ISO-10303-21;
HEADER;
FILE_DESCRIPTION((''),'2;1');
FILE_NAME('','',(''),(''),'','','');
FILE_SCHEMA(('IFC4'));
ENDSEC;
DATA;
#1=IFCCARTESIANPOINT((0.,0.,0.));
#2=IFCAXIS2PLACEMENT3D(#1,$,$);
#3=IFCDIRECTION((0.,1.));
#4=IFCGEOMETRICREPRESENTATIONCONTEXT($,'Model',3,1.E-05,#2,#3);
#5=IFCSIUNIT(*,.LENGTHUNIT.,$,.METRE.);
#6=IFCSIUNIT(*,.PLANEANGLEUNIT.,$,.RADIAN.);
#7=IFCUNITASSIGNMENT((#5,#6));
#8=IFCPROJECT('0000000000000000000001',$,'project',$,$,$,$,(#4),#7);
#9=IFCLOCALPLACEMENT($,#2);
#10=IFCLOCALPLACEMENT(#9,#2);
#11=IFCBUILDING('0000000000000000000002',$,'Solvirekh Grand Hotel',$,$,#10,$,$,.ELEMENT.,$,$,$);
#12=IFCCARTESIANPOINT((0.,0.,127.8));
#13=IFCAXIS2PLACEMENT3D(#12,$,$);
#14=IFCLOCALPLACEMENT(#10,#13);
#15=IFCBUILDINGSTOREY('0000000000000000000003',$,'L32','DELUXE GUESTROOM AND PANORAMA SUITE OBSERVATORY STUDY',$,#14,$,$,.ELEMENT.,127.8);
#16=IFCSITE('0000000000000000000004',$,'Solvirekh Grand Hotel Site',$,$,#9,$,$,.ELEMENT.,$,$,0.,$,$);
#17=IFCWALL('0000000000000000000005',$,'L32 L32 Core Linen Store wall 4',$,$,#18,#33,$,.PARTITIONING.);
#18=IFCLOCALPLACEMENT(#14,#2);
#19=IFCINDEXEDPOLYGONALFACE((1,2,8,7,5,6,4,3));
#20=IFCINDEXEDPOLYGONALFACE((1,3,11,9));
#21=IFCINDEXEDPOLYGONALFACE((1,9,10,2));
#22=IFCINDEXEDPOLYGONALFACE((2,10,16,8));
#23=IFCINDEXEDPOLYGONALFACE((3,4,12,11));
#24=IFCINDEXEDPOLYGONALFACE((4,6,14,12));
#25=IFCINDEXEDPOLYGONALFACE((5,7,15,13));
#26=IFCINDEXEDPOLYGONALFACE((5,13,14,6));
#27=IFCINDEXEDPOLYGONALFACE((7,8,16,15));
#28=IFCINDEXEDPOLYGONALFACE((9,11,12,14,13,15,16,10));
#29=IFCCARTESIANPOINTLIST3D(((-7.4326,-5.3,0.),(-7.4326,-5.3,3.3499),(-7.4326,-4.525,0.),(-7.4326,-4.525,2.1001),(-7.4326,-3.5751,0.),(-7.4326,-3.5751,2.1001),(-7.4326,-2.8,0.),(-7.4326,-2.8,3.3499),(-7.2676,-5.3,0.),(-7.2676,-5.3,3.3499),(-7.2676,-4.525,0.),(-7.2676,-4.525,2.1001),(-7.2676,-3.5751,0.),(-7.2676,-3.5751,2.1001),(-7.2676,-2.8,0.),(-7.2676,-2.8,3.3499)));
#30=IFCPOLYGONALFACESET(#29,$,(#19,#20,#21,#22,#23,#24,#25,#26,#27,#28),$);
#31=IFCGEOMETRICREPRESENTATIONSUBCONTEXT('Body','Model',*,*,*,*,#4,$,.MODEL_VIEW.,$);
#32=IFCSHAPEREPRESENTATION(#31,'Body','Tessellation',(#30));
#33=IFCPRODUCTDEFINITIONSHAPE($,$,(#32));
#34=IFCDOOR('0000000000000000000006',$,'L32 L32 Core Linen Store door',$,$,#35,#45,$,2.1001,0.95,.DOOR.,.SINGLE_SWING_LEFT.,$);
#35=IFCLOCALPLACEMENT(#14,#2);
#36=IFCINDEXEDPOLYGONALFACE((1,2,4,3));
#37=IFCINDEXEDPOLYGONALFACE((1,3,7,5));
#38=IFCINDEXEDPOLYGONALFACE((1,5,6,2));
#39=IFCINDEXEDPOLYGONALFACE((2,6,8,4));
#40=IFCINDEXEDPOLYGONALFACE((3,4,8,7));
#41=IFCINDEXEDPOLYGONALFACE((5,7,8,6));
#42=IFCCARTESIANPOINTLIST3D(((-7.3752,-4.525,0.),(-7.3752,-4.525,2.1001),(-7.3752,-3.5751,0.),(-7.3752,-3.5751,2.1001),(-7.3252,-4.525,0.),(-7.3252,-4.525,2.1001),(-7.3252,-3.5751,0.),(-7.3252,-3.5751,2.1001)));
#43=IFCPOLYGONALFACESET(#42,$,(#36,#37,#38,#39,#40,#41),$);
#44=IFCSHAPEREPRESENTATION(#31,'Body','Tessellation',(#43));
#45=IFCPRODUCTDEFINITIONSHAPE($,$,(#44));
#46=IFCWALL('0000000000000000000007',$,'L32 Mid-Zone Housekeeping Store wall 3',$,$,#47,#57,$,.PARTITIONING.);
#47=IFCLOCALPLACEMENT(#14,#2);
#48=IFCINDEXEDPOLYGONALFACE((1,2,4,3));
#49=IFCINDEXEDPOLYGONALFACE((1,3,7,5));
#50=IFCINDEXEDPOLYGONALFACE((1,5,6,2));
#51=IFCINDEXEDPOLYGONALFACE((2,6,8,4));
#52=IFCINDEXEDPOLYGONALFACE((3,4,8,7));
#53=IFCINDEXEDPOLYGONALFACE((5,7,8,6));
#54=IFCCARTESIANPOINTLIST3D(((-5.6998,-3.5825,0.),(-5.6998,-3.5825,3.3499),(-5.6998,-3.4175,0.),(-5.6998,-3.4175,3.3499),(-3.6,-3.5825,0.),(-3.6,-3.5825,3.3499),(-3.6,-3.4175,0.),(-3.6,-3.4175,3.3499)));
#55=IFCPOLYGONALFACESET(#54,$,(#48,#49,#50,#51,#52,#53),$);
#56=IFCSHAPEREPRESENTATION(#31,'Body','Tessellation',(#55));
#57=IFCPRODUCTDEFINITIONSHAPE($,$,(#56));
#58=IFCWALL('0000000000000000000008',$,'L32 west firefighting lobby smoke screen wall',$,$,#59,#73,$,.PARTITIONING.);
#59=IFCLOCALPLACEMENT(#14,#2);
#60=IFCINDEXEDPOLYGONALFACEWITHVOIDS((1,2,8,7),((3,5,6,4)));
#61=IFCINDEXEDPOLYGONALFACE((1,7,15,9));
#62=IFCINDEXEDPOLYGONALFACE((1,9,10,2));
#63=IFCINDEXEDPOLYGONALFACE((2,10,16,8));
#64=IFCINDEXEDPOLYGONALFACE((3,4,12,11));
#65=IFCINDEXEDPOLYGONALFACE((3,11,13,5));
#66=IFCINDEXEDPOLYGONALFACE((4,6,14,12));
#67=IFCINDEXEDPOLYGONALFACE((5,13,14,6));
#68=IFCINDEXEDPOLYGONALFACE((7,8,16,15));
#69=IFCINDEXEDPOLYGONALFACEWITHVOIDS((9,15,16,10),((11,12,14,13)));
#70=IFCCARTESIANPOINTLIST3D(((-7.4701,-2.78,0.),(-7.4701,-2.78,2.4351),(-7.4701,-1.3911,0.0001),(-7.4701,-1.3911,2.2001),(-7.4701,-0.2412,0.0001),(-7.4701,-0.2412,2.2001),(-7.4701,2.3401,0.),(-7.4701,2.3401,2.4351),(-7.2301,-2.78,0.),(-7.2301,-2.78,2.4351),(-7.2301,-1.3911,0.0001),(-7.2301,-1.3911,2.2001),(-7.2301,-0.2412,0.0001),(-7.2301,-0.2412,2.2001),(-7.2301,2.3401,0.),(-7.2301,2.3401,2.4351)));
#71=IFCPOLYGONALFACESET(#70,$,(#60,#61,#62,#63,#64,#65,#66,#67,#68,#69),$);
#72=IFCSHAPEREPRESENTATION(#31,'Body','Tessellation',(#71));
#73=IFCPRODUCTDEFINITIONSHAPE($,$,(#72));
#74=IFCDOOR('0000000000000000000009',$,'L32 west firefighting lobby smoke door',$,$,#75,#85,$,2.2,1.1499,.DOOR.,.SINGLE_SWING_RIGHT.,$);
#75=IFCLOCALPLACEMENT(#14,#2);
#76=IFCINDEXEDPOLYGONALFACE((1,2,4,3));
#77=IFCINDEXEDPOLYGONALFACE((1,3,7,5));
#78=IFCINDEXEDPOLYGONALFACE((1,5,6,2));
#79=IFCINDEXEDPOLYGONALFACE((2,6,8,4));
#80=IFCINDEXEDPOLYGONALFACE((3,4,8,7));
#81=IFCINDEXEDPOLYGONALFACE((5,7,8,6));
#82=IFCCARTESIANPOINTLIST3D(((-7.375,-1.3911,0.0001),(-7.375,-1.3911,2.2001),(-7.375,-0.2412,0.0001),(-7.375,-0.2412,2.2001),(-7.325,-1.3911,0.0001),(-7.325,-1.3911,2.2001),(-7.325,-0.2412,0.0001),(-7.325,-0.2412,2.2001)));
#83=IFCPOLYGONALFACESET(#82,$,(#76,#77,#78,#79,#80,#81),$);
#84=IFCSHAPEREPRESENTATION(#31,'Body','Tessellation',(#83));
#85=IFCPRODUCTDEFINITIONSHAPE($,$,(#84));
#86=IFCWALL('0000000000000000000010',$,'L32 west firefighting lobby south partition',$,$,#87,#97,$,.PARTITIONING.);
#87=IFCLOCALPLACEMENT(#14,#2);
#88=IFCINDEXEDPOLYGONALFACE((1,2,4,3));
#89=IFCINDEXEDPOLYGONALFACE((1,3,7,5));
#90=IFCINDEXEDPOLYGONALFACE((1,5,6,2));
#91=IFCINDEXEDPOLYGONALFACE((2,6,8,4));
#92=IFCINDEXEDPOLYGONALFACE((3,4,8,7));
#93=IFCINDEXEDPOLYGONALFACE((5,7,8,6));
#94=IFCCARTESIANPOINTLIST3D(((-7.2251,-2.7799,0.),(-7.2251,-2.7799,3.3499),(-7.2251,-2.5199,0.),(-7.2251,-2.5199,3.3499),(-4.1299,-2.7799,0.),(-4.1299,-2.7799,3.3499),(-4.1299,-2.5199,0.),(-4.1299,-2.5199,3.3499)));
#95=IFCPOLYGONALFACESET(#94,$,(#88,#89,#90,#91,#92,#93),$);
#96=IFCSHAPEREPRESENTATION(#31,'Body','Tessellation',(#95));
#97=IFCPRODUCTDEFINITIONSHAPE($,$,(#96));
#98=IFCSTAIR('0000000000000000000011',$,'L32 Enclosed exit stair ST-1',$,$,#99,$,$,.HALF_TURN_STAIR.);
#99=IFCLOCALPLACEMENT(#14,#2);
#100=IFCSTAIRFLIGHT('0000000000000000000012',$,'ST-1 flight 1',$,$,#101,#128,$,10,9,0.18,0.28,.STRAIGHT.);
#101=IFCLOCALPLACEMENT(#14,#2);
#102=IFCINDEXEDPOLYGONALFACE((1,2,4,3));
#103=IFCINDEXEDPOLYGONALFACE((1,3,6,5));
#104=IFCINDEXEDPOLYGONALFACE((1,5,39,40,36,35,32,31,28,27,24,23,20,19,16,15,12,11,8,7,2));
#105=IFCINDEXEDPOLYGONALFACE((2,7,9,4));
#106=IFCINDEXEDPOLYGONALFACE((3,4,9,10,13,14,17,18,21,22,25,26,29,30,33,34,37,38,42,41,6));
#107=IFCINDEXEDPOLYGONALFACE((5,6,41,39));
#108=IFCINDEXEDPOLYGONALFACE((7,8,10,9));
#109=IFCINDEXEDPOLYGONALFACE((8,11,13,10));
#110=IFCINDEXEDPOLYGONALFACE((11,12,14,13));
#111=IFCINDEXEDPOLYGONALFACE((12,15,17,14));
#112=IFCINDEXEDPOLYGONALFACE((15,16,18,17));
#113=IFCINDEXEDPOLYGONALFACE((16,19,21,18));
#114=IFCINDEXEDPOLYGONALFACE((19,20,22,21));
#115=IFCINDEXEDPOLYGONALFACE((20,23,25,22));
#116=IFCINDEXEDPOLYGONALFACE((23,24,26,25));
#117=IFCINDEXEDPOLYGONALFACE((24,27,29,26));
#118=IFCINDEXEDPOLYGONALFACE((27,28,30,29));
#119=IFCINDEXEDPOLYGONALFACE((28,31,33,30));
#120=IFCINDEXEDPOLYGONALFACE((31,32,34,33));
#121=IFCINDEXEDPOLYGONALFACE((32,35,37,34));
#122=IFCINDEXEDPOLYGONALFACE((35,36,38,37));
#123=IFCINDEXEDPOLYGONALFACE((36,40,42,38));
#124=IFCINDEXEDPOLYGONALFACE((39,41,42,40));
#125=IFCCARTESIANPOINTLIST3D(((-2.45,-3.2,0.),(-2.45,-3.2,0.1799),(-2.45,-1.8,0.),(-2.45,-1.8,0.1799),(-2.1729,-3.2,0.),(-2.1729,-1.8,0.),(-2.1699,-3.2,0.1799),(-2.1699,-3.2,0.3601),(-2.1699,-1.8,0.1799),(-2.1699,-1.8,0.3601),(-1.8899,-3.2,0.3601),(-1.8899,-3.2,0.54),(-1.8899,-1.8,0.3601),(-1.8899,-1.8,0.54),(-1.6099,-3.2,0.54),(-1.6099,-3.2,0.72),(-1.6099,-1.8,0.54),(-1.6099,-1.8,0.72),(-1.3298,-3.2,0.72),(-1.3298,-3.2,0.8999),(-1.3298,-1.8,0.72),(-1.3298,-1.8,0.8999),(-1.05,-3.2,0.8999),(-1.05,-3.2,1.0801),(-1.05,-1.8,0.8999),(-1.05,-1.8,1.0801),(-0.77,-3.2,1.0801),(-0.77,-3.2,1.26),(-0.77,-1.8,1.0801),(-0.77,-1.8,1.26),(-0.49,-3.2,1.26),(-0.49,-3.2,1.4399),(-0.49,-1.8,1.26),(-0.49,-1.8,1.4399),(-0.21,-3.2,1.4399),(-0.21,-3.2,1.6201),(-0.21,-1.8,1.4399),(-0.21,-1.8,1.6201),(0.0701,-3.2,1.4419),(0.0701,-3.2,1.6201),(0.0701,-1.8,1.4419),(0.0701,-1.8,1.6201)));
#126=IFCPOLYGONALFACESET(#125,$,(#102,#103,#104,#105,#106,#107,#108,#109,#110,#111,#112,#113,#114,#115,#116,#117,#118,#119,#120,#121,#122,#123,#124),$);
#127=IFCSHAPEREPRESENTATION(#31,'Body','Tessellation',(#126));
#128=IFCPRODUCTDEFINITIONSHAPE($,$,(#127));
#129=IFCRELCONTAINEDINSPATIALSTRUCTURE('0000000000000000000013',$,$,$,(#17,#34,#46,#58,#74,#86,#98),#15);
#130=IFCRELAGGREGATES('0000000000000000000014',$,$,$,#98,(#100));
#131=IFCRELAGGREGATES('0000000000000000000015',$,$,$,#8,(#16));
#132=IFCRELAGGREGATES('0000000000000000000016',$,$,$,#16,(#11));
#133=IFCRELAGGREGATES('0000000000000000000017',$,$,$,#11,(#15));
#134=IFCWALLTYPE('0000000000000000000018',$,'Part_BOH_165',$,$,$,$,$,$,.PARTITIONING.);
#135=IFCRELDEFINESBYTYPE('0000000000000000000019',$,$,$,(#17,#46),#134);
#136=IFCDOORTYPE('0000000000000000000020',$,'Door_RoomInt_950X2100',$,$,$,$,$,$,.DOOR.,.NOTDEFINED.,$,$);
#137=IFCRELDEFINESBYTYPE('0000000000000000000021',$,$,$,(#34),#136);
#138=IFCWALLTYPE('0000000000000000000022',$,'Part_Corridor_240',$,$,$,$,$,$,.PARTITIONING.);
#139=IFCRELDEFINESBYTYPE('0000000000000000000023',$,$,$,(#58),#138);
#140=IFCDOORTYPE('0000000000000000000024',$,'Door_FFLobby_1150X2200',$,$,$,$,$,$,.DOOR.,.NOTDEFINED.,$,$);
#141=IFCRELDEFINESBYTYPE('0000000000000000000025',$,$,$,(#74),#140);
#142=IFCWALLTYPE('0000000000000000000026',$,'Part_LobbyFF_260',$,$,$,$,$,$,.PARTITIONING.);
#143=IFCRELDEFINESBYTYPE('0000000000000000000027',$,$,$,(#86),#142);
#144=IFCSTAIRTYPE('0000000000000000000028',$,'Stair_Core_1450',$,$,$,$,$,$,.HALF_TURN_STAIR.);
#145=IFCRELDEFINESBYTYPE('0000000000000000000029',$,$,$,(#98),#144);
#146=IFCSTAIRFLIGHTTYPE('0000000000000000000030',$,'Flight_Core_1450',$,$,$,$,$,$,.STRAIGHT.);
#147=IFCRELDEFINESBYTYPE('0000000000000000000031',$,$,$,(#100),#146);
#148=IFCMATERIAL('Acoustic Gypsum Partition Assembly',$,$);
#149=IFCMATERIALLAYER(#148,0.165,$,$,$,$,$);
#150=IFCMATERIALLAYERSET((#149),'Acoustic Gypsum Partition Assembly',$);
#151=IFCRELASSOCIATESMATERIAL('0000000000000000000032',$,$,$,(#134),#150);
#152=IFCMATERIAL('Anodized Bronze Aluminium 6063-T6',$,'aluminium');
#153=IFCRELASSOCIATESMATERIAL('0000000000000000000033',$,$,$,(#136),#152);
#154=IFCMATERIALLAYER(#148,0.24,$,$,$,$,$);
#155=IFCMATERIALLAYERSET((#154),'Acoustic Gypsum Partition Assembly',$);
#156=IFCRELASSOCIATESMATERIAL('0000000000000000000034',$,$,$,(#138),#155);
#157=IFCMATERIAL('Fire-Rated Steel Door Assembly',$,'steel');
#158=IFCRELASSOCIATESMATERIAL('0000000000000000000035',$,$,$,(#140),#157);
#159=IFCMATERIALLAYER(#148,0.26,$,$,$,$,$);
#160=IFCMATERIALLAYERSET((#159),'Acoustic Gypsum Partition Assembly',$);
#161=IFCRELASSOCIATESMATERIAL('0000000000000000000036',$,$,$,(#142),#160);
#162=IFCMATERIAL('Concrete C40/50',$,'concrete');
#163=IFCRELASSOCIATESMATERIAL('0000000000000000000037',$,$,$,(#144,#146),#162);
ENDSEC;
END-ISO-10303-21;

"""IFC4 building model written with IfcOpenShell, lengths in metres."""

from ifc_helpers import new_model, si_unit, direction, frame, frame_2d, origin, place, context, subcontext, project, spatial, polyline, rectangle, outline, extrude, material, layer, layer_set, type_object, element, fill, aggregate, save


model = new_model("IFC4")

# Units and contexts
model_context = context("Model", 3, precision=1e-05, world=origin(), true_north=direction((0.0, 1.0)))
body_context = subcontext(model_context, "Body", "Model", "MODEL_VIEW")
ifc_project = project(units=[si_unit("LENGTHUNIT", "METRE"), si_unit("PLANEANGLEUNIT", "RADIAN")], contexts=[model_context])

# Site, building, storey
site_placement = place(None, origin())
site = spatial("IfcSite", under=ifc_project, at=site_placement, Name="Solvirekh Grand Hotel Site", CompositionType="ELEMENT", RefElevation=0.0)
building_placement = place(site_placement, origin())
building = spatial("IfcBuilding", under=site, at=building_placement, Name="Solvirekh Grand Hotel", CompositionType="ELEMENT")
storey_placement = place(building_placement, frame((0.0, 0.0, 127.8)))
storey = spatial("IfcBuildingStorey", under=building, at=storey_placement, Name="L32", Description="DELUXE GUESTROOM AND PANORAMA SUITE OBSERVATORY STUDY", CompositionType="ELEMENT", Elevation=127.8)

# Shared definitions
ifc_material_1 = material(Name="Concrete C40/50", Category="concrete")
ifc_material_2 = material(Name="Fire-Rated Steel Door Assembly", Category="steel")

# Shared definitions
ifc_material_3 = material(Name="Acoustic Gypsum Partition Assembly")
ifc_layer_1 = layer(ifc_material_3, 0.165)
ifc_layer_set_1 = layer_set([ifc_layer_1], Name="Acoustic Gypsum Partition Assembly")
wall_type_1 = type_object("IfcWallType", Name="Part_BOH_165", PredefinedType="PARTITIONING", material=ifc_layer_set_1)

# Wall, opening, door
wall_1_placement = place(storey_placement, frame((-7.3501, -2.8, 0.0), z_axis=(0.0, 0.0, 1.0), x_axis=(0.0, -1.0, 0.0)))
wall_1 = element("IfcWall", 1, at=wall_1_placement, inside=storey, type_object=wall_type_1, Name="L32 L32 Core Linen Store wall 4", PredefinedType="PARTITIONING", context=body_context, shape_type="SweptSolid", body=[
    extrude(rectangle(XDim=2.5, YDim=0.165, at=frame_2d((1.25, 0.0))), origin(), (0.0, 0.0, 1.0), 3.3499),
])
opening_1_placement = place(wall_1_placement, frame((0.7749, 0.0, 0.0)))
opening_1 = element("IfcOpeningElement", 2, at=opening_1_placement, cuts=wall_1, PredefinedType="OPENING", context=body_context, shape_type="SweptSolid", body=[
    extrude(rectangle(XDim=0.95, YDim=2.1001, at=frame_2d((0.4751, 1.05))), frame((0.0, 0.0925, 0.0), z_axis=(0.0, -1.0, 0.0), x_axis=(1.0, 0.0, 0.0)), (0.0, 0.0, 1.0), 0.1851),
])
ifc_material_4 = material(Name="Anodized Bronze Aluminium 6063-T6", Category="aluminium")
door_type_1 = type_object("IfcDoorType", Name="Door_RoomInt_950X2100", OperationType="NOTDEFINED", PredefinedType="DOOR", material=ifc_material_4)
door_1_placement = place(opening_1_placement, origin())
door_1 = element("IfcDoor", 3, at=door_1_placement, inside=storey, type_object=door_type_1, Name="L32 L32 Core Linen Store door", OperationType="SINGLE_SWING_LEFT", OverallHeight=2.1001, OverallWidth=0.95, PredefinedType="DOOR", context=body_context, shape_type="SweptSolid", body=[
    extrude(rectangle(XDim=0.95, YDim=2.1001, at=frame_2d((0.4751, 1.05))), frame((0.0, 0.0249, 0.0), z_axis=(0.0, -1.0, 0.0), x_axis=(1.0, 0.0, 0.0)), (0.0, 0.0, 1.0), 0.05),
])
fill(opening_1, door_1)

# Wall
wall_2_placement = place(storey_placement, frame((-3.6001, -3.5, 0.0), z_axis=(0.0, 0.0, 1.0), x_axis=(-1.0, 0.0, 0.0)))
element("IfcWall", 4, at=wall_2_placement, inside=storey, type_object=wall_type_1, Name="L32 Mid-Zone Housekeeping Store wall 3", PredefinedType="PARTITIONING", context=body_context, shape_type="SweptSolid", body=[
    extrude(rectangle(XDim=2.0999, YDim=0.165, at=frame_2d((1.0498, 0.0))), origin(), (0.0, 0.0, 1.0), 3.3499),
])

# Wall, opening, door
ifc_layer_2 = layer(ifc_material_3, 0.24)
ifc_layer_set_2 = layer_set([ifc_layer_2], Name="Acoustic Gypsum Partition Assembly")
wall_type_2 = type_object("IfcWallType", Name="Part_Corridor_240", PredefinedType="PARTITIONING", material=ifc_layer_set_2)
wall_3_placement = place(storey_placement, frame((-7.3501, -2.78, 0.0), z_axis=(0.0, 0.0, 1.0), x_axis=(0.0, 1.0, 0.0)))
wall_3 = element("IfcWall", 5, at=wall_3_placement, inside=storey, type_object=wall_type_2, Name="L32 west firefighting lobby smoke screen wall", PredefinedType="PARTITIONING", context=body_context, shape_type="SweptSolid", body=[
    extrude(rectangle(XDim=5.1201, YDim=0.24, at=frame_2d((2.5601, 0.0))), origin(), (0.0, 0.0, 1.0), 2.4351),
])
opening_2_placement = place(wall_3_placement, frame((1.3889, 0.0, 0.0)))
opening_2 = element("IfcOpeningElement", 6, at=opening_2_placement, cuts=wall_3, PredefinedType="OPENING", context=body_context, shape_type="SweptSolid", body=[
    extrude(rectangle(XDim=1.1499, YDim=2.2, at=frame_2d((0.575, 1.1001))), frame((0.0, 0.1299, 0.0), z_axis=(0.0, -1.0, 0.0), x_axis=(1.0, 0.0, 0.0)), (0.0, 0.0, 1.0), 0.26),
])
door_type_2 = type_object("IfcDoorType", Name="Door_FFLobby_1150X2200", OperationType="NOTDEFINED", PredefinedType="DOOR", material=ifc_material_2)
door_2_placement = place(opening_2_placement, origin())
door_2 = element("IfcDoor", 7, at=door_2_placement, inside=storey, type_object=door_type_2, Name="L32 west firefighting lobby smoke door", OperationType="SINGLE_SWING_RIGHT", OverallHeight=2.2, OverallWidth=1.1499, PredefinedType="DOOR", context=body_context, shape_type="SweptSolid", body=[
    extrude(rectangle(XDim=1.1499, YDim=2.2, at=frame_2d((0.575, 1.1001))), frame((0.0, 0.0249, 0.0), z_axis=(0.0, -1.0, 0.0), x_axis=(1.0, 0.0, 0.0)), (0.0, 0.0, 1.0), 0.05),
])
fill(opening_2, door_2)

# Wall
ifc_layer_3 = layer(ifc_material_3, 0.26)
ifc_layer_set_3 = layer_set([ifc_layer_3], Name="Acoustic Gypsum Partition Assembly")
wall_type_3 = type_object("IfcWallType", Name="Part_LobbyFF_260", PredefinedType="PARTITIONING", material=ifc_layer_set_3)
wall_4_placement = place(storey_placement, frame((-7.2251, -2.6499, 0.0), z_axis=(0.0, 0.0, 1.0), x_axis=(1.0, 0.0, 0.0)))
element("IfcWall", 8, at=wall_4_placement, inside=storey, type_object=wall_type_3, Name="L32 west firefighting lobby south partition", PredefinedType="PARTITIONING", context=body_context, shape_type="SweptSolid", body=[
    extrude(rectangle(XDim=3.0952, YDim=0.26, at=frame_2d((1.5476, 0.0))), origin(), (0.0, 0.0, 1.0), 3.3499),
])

# Stair, stair flight
stair_type = type_object("IfcStairType", Name="Stair_Core_1450", PredefinedType="HALF_TURN_STAIR", material=ifc_material_1)
stair_placement = place(storey_placement, origin())
stair = element("IfcStair", 9, at=stair_placement, inside=storey, type_object=stair_type, Name="L32 Enclosed exit stair ST-1", PredefinedType="HALF_TURN_STAIR")
stair_flight_type = type_object("IfcStairFlightType", Name="Flight_Core_1450", PredefinedType="STRAIGHT", material=ifc_material_1)
stair_flight_placement = place(storey_placement, frame((-2.45, -2.5, 0.0), z_axis=(0.0, 0.0, 1.0), x_axis=(1.0, 0.0, 0.0)))
stair_flight = element("IfcStairFlight", 10, at=stair_flight_placement, type_object=stair_flight_type, Name="ST-1 flight 1", NumberOfRisers=10, NumberOfTreads=9, PredefinedType="STRAIGHT", RiserHeight=0.18, TreadLength=0.28, context=body_context, shape_type="SweptSolid", body=[
    extrude(outline(polyline([(0.0, 0.0), (0.0, 0.1799), (0.28, 0.1799), (0.28, 0.3601), (0.5601, 0.3601), (0.5601, 0.54), (0.8401, 0.54), (0.8401, 0.72), (1.1201, 0.72), (1.1201, 0.8999), (1.3999, 0.8999), (1.3999, 1.0801), (1.6799, 1.0801), (1.6799, 1.26), (1.96, 1.26), (1.96, 1.4399), (2.24, 1.4399), (2.24, 1.6201), (2.52, 1.6201), (2.52, 1.8), (2.52, 1.4419), (0.2771, 0.0), (0.0, 0.0)])), frame((0.0, 0.7, 0.0), z_axis=(0.0, -1.0, 0.0), x_axis=(1.0, 0.0, 0.0)), (0.0, 0.0, 1.0), 1.3999),
])
aggregate(stair, [stair_flight])

save(model, "model.ifc")
